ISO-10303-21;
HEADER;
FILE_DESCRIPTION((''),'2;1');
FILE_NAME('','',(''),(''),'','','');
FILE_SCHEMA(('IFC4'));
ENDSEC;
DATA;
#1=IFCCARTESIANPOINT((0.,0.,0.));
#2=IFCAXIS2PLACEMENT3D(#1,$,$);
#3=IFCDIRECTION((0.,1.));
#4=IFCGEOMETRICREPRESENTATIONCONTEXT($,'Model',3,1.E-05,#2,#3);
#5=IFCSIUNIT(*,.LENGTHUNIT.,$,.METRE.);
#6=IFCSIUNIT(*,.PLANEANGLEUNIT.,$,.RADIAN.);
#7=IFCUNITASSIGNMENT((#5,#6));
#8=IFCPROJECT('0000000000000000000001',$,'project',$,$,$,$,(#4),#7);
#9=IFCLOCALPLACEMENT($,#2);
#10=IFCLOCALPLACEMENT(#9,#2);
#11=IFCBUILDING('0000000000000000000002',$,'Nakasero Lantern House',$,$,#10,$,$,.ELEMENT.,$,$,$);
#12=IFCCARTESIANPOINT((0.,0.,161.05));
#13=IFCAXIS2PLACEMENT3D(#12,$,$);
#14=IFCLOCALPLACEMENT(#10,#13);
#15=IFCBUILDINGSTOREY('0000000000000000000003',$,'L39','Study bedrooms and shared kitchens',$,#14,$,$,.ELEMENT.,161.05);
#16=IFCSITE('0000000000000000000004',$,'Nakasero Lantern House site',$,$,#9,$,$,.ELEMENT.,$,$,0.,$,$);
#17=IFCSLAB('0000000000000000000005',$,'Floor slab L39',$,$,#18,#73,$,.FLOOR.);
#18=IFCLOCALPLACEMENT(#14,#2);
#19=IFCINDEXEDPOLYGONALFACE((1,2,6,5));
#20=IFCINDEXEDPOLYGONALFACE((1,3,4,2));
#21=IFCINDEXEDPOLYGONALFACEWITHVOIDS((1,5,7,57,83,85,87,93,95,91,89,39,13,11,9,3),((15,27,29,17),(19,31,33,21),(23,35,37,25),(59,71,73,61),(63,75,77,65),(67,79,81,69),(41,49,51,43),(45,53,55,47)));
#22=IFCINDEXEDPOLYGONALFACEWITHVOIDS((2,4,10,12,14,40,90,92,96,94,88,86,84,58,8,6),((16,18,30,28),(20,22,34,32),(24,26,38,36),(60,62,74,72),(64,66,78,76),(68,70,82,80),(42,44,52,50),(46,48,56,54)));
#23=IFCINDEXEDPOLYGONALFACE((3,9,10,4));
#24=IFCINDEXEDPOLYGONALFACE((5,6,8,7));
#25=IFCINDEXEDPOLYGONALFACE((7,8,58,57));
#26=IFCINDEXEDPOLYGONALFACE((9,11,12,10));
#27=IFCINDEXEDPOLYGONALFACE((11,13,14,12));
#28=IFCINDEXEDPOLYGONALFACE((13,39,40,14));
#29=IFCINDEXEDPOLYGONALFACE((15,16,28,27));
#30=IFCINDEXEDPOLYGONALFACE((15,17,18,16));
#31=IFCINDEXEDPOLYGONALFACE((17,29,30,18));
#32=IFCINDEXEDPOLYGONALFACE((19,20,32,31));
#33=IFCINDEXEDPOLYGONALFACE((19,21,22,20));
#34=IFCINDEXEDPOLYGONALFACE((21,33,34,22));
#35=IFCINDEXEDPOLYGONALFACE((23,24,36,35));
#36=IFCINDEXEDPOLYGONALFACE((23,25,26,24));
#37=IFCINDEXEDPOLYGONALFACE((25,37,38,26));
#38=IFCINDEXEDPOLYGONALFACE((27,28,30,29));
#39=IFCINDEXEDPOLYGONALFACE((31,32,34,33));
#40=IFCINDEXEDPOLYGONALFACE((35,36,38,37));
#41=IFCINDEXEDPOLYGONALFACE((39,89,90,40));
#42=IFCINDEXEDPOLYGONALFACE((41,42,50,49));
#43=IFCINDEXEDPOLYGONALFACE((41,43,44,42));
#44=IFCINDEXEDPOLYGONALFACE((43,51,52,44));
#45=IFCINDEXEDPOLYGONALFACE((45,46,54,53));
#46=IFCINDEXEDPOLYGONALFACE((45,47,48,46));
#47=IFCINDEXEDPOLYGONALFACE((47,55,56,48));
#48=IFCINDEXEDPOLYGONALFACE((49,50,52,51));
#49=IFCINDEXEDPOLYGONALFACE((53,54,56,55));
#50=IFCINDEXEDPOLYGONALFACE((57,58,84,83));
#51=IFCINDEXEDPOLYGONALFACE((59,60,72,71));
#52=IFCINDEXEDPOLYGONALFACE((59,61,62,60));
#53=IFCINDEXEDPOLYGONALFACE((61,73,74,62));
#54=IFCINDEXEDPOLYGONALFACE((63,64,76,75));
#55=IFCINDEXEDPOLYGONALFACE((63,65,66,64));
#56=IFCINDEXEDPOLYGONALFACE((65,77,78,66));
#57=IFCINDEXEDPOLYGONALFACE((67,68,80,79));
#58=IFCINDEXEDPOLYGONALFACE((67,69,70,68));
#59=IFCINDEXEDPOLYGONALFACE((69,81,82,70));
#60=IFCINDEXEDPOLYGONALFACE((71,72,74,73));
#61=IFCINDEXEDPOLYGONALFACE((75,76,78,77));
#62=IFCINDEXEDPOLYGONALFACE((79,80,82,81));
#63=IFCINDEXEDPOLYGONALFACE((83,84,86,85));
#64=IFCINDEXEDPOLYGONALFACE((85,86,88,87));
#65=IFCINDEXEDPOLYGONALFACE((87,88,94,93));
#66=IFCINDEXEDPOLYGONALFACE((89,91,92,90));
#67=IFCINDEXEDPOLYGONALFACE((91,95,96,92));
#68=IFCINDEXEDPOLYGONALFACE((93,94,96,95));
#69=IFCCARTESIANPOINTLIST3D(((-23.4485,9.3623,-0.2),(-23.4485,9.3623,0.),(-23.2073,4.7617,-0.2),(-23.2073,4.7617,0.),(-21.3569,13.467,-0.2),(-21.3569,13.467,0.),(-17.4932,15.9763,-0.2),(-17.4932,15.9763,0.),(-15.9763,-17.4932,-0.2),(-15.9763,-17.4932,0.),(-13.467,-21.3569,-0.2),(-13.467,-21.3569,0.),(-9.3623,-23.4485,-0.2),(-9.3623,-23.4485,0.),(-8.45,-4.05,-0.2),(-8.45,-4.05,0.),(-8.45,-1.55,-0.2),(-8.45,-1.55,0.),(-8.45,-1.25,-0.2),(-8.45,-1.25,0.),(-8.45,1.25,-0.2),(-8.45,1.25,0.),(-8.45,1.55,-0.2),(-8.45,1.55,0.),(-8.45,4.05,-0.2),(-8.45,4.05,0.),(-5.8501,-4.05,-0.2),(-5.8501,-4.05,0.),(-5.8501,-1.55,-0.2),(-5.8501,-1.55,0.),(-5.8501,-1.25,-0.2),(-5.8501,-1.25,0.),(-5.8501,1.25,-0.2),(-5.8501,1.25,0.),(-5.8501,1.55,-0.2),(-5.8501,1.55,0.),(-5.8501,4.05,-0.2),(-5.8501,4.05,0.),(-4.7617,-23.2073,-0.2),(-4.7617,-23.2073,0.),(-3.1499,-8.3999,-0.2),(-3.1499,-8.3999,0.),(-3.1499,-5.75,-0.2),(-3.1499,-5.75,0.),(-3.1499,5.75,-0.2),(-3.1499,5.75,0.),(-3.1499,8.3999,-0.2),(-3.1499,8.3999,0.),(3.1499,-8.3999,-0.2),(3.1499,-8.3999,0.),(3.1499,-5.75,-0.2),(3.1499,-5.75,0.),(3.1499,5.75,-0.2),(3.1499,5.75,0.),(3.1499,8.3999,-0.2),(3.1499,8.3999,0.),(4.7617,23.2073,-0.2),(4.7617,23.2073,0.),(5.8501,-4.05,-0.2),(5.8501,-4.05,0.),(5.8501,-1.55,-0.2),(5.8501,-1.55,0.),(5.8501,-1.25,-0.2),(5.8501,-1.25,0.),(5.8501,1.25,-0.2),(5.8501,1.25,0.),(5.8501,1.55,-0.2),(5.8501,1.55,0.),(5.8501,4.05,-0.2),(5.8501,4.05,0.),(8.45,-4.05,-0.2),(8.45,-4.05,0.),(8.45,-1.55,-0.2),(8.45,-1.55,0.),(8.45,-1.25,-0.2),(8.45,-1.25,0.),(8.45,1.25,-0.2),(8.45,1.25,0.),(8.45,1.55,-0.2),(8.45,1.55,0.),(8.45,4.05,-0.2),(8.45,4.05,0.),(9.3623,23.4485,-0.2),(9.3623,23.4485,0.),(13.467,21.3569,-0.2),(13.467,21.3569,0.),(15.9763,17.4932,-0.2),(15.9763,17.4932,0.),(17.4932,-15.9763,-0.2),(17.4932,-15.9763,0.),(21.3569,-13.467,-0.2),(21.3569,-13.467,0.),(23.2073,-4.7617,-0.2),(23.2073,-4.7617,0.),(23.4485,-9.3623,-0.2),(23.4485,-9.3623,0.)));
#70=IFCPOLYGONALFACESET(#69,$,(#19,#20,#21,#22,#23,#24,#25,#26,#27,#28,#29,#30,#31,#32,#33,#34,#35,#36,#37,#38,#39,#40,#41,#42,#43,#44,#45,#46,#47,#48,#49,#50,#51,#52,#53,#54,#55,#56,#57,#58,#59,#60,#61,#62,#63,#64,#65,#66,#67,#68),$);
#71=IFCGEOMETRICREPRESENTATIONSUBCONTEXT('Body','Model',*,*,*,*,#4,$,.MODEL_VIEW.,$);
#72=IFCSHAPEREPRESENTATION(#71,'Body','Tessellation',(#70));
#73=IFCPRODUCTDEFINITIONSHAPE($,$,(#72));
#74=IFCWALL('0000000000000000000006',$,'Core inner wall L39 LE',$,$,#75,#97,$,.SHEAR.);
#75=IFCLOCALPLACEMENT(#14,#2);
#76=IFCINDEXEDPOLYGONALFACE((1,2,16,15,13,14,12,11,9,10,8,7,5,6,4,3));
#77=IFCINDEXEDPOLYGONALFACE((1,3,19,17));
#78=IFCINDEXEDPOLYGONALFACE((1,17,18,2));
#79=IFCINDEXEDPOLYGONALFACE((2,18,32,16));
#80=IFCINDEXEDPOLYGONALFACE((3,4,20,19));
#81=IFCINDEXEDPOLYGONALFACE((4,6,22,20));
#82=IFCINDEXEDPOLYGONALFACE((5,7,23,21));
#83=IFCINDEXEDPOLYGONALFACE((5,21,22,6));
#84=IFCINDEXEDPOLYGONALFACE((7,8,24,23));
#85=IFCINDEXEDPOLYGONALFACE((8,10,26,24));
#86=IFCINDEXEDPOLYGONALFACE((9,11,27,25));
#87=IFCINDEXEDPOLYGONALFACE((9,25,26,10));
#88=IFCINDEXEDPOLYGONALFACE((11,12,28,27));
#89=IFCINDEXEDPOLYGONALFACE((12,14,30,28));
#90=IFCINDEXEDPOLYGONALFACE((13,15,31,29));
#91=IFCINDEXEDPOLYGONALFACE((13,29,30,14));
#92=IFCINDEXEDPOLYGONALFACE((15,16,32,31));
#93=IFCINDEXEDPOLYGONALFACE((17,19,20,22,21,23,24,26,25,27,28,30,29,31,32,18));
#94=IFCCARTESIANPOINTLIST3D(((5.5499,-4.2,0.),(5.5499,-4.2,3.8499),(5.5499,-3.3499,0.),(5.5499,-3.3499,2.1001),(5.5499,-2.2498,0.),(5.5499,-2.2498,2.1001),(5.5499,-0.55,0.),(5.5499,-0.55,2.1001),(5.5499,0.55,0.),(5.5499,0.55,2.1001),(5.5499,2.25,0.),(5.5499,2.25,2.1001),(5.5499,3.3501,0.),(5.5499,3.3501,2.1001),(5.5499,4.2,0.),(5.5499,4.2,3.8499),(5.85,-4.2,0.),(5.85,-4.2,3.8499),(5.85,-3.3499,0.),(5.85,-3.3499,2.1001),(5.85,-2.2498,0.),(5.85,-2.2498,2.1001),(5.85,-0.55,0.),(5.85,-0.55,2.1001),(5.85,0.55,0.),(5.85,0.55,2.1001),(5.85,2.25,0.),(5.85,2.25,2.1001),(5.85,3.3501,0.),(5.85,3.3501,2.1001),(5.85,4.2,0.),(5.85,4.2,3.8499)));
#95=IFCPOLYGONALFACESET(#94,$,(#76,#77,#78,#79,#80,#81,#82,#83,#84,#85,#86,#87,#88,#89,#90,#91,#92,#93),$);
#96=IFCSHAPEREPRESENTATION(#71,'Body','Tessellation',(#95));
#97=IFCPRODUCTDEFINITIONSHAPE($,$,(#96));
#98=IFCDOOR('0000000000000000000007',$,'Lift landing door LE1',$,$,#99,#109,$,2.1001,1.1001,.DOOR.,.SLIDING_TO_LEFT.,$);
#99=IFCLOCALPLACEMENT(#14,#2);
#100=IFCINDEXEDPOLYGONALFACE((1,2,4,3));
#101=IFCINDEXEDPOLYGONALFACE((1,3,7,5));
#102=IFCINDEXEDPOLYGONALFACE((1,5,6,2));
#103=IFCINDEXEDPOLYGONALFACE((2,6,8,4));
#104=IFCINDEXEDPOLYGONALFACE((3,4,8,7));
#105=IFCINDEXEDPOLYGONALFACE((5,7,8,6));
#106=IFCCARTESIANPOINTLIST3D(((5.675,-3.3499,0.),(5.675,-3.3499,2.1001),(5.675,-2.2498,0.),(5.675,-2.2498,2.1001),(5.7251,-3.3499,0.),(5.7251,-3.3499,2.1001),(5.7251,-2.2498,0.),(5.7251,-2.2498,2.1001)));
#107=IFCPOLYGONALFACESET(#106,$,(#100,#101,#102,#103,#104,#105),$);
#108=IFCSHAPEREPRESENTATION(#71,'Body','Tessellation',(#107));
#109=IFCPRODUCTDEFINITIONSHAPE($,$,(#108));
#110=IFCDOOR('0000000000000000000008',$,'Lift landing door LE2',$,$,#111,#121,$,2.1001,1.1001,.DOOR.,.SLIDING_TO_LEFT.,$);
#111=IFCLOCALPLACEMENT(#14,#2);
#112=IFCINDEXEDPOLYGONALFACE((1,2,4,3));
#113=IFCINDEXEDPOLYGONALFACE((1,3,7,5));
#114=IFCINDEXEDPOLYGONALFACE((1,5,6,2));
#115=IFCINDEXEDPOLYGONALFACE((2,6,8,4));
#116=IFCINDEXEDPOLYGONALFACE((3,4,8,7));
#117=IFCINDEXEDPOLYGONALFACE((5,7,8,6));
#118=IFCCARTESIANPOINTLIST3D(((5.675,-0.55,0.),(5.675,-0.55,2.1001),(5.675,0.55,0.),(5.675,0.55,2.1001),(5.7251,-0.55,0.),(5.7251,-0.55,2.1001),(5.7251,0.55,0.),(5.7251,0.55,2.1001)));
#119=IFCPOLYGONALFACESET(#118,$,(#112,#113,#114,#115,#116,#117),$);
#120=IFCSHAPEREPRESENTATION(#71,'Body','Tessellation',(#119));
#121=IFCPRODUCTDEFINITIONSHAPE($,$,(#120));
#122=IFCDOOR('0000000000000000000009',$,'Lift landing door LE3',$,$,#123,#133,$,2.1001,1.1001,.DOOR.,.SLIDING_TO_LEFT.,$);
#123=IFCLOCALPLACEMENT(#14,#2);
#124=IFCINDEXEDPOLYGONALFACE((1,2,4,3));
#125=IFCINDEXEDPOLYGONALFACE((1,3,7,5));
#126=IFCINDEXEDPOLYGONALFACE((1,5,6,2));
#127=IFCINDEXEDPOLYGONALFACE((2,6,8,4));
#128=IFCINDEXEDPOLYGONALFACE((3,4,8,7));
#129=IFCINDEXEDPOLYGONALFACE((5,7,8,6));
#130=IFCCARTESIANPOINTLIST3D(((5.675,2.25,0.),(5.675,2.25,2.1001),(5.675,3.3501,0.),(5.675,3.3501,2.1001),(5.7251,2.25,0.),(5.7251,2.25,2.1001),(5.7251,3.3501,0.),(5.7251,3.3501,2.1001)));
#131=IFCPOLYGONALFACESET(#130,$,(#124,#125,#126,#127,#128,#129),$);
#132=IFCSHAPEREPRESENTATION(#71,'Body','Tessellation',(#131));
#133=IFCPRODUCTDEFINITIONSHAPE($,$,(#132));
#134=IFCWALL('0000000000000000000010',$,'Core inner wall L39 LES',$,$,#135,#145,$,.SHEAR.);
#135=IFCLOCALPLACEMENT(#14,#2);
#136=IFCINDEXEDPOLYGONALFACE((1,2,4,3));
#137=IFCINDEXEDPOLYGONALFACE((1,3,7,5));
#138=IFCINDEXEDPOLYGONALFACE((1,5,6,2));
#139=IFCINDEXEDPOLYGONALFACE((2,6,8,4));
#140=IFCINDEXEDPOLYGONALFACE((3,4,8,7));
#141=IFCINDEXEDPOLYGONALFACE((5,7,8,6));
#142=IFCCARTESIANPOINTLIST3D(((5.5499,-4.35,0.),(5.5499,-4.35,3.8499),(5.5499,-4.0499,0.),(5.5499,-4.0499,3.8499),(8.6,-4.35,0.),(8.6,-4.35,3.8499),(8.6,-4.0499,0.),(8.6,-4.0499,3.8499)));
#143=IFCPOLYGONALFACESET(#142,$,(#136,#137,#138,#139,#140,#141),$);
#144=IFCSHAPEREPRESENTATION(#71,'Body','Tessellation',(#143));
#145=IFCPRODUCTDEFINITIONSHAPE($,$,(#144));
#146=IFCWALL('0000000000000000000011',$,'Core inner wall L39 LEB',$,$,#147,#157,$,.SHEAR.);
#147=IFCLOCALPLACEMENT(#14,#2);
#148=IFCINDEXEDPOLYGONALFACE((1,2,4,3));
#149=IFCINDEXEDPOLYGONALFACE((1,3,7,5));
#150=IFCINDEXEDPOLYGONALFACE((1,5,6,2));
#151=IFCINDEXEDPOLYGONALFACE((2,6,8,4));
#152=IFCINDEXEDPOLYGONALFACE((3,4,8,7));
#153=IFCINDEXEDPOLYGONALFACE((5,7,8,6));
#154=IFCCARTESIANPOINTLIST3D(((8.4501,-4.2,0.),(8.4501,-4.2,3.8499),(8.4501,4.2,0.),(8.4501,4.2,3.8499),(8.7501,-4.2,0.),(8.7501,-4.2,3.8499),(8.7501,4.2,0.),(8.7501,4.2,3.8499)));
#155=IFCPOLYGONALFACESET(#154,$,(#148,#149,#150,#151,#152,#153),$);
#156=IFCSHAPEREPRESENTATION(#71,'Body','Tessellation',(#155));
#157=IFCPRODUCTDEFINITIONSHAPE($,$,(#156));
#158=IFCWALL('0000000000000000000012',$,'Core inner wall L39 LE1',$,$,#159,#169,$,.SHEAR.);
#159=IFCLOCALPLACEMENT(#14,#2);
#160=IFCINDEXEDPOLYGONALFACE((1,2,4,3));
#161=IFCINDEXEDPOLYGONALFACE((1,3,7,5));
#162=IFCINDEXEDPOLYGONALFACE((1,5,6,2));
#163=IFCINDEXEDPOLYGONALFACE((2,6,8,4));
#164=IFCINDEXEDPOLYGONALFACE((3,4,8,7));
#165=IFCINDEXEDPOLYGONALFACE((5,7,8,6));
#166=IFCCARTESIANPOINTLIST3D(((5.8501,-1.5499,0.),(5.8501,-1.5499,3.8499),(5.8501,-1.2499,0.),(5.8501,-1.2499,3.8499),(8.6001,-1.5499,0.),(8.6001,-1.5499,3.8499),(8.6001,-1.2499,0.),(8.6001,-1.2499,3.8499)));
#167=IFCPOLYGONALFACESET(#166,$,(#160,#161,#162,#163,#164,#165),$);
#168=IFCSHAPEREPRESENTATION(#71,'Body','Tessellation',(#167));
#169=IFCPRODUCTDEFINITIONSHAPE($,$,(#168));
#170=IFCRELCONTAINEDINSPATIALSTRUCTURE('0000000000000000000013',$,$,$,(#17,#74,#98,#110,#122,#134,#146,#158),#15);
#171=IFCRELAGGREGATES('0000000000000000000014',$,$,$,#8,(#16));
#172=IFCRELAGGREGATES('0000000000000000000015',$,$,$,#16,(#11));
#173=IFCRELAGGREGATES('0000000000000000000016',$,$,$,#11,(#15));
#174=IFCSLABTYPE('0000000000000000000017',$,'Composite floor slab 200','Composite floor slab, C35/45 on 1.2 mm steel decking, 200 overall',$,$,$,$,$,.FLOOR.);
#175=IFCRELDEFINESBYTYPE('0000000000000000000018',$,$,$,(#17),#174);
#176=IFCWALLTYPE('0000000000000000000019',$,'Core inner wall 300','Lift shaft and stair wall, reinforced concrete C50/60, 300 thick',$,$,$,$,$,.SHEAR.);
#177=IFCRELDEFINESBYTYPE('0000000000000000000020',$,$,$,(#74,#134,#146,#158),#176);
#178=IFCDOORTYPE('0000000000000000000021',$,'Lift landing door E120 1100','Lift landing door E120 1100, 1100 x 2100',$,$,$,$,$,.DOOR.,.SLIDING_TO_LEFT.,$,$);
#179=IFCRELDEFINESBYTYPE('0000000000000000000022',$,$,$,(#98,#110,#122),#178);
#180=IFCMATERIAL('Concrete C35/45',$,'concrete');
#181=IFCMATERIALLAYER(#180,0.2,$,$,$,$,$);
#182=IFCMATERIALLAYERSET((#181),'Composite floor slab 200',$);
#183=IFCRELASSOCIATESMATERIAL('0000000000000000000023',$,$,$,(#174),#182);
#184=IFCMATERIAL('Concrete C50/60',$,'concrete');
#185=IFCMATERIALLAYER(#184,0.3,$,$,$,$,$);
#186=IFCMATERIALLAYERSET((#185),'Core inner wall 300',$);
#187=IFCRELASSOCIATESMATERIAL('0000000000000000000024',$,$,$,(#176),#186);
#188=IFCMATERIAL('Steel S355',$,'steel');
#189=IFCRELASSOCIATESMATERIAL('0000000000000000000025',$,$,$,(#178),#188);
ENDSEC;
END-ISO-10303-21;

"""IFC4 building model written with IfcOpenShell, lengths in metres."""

from ifc_helpers import new_model, si_unit, direction, frame, frame_2d, origin, place, context, subcontext, project, spatial, polyline, rectangle, outline, extrude, material, layer, layer_set, type_object, element, fill, save


model = new_model("IFC4")

# Units and contexts
model_context = context("Model", 3, precision=1e-05, world=origin(), true_north=direction((0.0, 1.0)))
body_context = subcontext(model_context, "Body", "Model", "MODEL_VIEW")
ifc_project = project(units=[si_unit("LENGTHUNIT", "METRE"), si_unit("PLANEANGLEUNIT", "RADIAN")], contexts=[model_context])

# Site, building, storey
site_placement = place(None, origin())
site = spatial("IfcSite", under=ifc_project, at=site_placement, Name="Nakasero Lantern House site", CompositionType="ELEMENT", RefElevation=0.0)
building_placement = place(site_placement, origin())
building = spatial("IfcBuilding", under=site, at=building_placement, Name="Nakasero Lantern House", CompositionType="ELEMENT")
storey_placement = place(building_placement, frame((0.0, 0.0, 161.05)))
storey = spatial("IfcBuildingStorey", under=building, at=storey_placement, Name="L39", Description="Study bedrooms and shared kitchens", CompositionType="ELEMENT", Elevation=161.05)

# Slab
ifc_material_1 = material(Name="Concrete C35/45", Category="concrete")
ifc_layer_1 = layer(ifc_material_1, 0.2)
ifc_layer_set_1 = layer_set([ifc_layer_1], Name="Composite floor slab 200")
slab_type_1 = type_object("IfcSlabType", Name="Composite floor slab 200", Description="Composite floor slab, C35/45 on 1.2 mm steel decking, 200 overall", PredefinedType="FLOOR", material=ifc_layer_set_1)
slab_1_placement = place(storey_placement, frame((0.0, 0.0, -0.2)))
element("IfcSlab", 1, at=slab_1_placement, inside=storey, type_object=slab_type_1, Name="Floor slab L39", PredefinedType="FLOOR", context=body_context, shape_type="SweptSolid", body=[
    extrude(outline(polyline([(15.9763, 17.4932), (13.467, 21.3569), (9.3623, 23.4485), (4.7617, 23.2073), (-17.4932, 15.9763), (-21.3569, 13.467), (-23.4485, 9.3623), (-23.2073, 4.7617), (-15.9763, -17.4932), (-13.467, -21.3569), (-9.3623, -23.4485), (-4.7617, -23.2073), (17.4932, -15.9763), (21.3569, -13.467), (23.4485, -9.3623), (23.2073, -4.7617), (15.9763, 17.4932)]), holes=[polyline([(-8.45, -4.05), (-5.8501, -4.05), (-5.8501, -1.55), (-8.45, -1.55), (-8.45, -4.05)]), polyline([(-8.45, -1.25), (-5.8501, -1.25), (-5.8501, 1.25), (-8.45, 1.25), (-8.45, -1.25)]), polyline([(-8.45, 1.55), (-5.8501, 1.55), (-5.8501, 4.05), (-8.45, 4.05), (-8.45, 1.55)]), polyline([(5.8501, -4.05), (8.45, -4.05), (8.45, -1.55), (5.8501, -1.55), (5.8501, -4.05)]), polyline([(5.8501, -1.25), (8.45, -1.25), (8.45, 1.25), (5.8501, 1.25), (5.8501, -1.25)]), polyline([(5.8501, 1.55), (8.45, 1.55), (8.45, 4.05), (5.8501, 4.05), (5.8501, 1.55)]), polyline([(-3.1499, 5.75), (3.1499, 5.75), (3.1499, 8.3999), (-3.1499, 8.3999), (-3.1499, 5.75)]), polyline([(-3.1499, -8.3999), (3.1499, -8.3999), (3.1499, -5.75), (-3.1499, -5.75), (-3.1499, -8.3999)])]), origin(), (0.0, 0.0, 1.0), 0.2),
])

# Wall, openings, doors
ifc_material_2 = material(Name="Concrete C50/60", Category="concrete")
ifc_layer_2 = layer(ifc_material_2, 0.3)
ifc_layer_set_2 = layer_set([ifc_layer_2], Name="Core inner wall 300")
wall_type_1 = type_object("IfcWallType", Name="Core inner wall 300", Description="Lift shaft and stair wall, reinforced concrete C50/60, 300 thick", PredefinedType="SHEAR", material=ifc_layer_set_2)
wall_1_placement = place(storey_placement, frame((5.7, -4.2, 0.0), z_axis=(0.0, 0.0, 1.0), x_axis=(0.0, 1.0, 0.0)))
wall_1 = element("IfcWall", 2, at=wall_1_placement, inside=storey, type_object=wall_type_1, Name="Core inner wall L39 LE", PredefinedType="SHEAR", context=body_context, shape_type="SweptSolid", body=[
    extrude(rectangle(XDim=8.3999, YDim=0.3, at=frame_2d((4.2, 0.0))), origin(), (0.0, 0.0, 1.0), 3.8499),
])
opening_1_placement = place(wall_1_placement, frame((0.8501, 0.0, 0.0)))
opening_1 = element("IfcOpeningElement", 3, at=opening_1_placement, cuts=wall_1, PredefinedType="OPENING", context=body_context, shape_type="SweptSolid", body=[
    extrude(rectangle(XDim=1.1001, YDim=2.1001, at=frame_2d((0.55, 1.05))), frame((0.0, 0.1699, 0.0), z_axis=(0.0, -1.0, 0.0), x_axis=(1.0, 0.0, 0.0)), (0.0, 0.0, 1.0), 0.3401),
])
opening_2_placement = place(wall_1_placement, frame((3.6499, 0.0, 0.0)))
opening_2 = element("IfcOpeningElement", 4, at=opening_2_placement, cuts=wall_1, PredefinedType="OPENING", context=body_context, shape_type="SweptSolid", body=[
    extrude(rectangle(XDim=1.1001, YDim=2.1001, at=frame_2d((0.55, 1.05))), frame((0.0, 0.1699, 0.0), z_axis=(0.0, -1.0, 0.0), x_axis=(1.0, 0.0, 0.0)), (0.0, 0.0, 1.0), 0.3401),
])
opening_3_placement = place(wall_1_placement, frame((6.45, 0.0, 0.0)))
opening_3 = element("IfcOpeningElement", 5, at=opening_3_placement, cuts=wall_1, PredefinedType="OPENING", context=body_context, shape_type="SweptSolid", body=[
    extrude(rectangle(XDim=1.1001, YDim=2.1001, at=frame_2d((0.55, 1.05))), frame((0.0, 0.1699, 0.0), z_axis=(0.0, -1.0, 0.0), x_axis=(1.0, 0.0, 0.0)), (0.0, 0.0, 1.0), 0.3401),
])
ifc_material_3 = material(Name="Steel S355", Category="steel")
door_type_1 = type_object("IfcDoorType", Name="Lift landing door E120 1100", Description="Lift landing door E120 1100, 1100 x 2100", OperationType="SLIDING_TO_LEFT", PredefinedType="DOOR", material=ifc_material_3)
door_1_placement = place(opening_1_placement, origin())
door_1 = element("IfcDoor", 6, at=door_1_placement, inside=storey, type_object=door_type_1, Name="Lift landing door LE1", OperationType="SLIDING_TO_LEFT", OverallHeight=2.1001, OverallWidth=1.1001, PredefinedType="DOOR", context=body_context, shape_type="SweptSolid", body=[
    extrude(rectangle(XDim=1.1001, YDim=2.1001, at=frame_2d((0.55, 1.05))), frame((0.0, 0.0249, 0.0), z_axis=(0.0, -1.0, 0.0), x_axis=(1.0, 0.0, 0.0)), (0.0, 0.0, 1.0), 0.05),
])
fill(opening_1, door_1)
door_2_placement = place(opening_2_placement, origin())
door_2 = element("IfcDoor", 7, at=door_2_placement, inside=storey, type_object=door_type_1, Name="Lift landing door LE2", OperationType="SLIDING_TO_LEFT", OverallHeight=2.1001, OverallWidth=1.1001, PredefinedType="DOOR", context=body_context, shape_type="SweptSolid", body=[
    extrude(rectangle(XDim=1.1001, YDim=2.1001, at=frame_2d((0.55, 1.05))), frame((0.0, 0.0249, 0.0), z_axis=(0.0, -1.0, 0.0), x_axis=(1.0, 0.0, 0.0)), (0.0, 0.0, 1.0), 0.05),
])
fill(opening_2, door_2)
door_3_placement = place(opening_3_placement, origin())
door_3 = element("IfcDoor", 8, at=door_3_placement, inside=storey, type_object=door_type_1, Name="Lift landing door LE3", OperationType="SLIDING_TO_LEFT", OverallHeight=2.1001, OverallWidth=1.1001, PredefinedType="DOOR", context=body_context, shape_type="SweptSolid", body=[
    extrude(rectangle(XDim=1.1001, YDim=2.1001, at=frame_2d((0.55, 1.05))), frame((0.0, 0.0249, 0.0), z_axis=(0.0, -1.0, 0.0), x_axis=(1.0, 0.0, 0.0)), (0.0, 0.0, 1.0), 0.05),
])
fill(opening_3, door_3)

# Walls
wall_2_placement = place(storey_placement, frame((5.55, -4.2, 0.0), z_axis=(0.0, 0.0, 1.0), x_axis=(1.0, 0.0, 0.0)))
element("IfcWall", 9, at=wall_2_placement, inside=storey, type_object=wall_type_1, Name="Core inner wall L39 LES", PredefinedType="SHEAR", context=body_context, shape_type="SweptSolid", body=[
    extrude(rectangle(XDim=3.05, YDim=0.3, at=frame_2d((1.5249, 0.0))), origin(), (0.0, 0.0, 1.0), 3.8499),
])
wall_3_placement = place(storey_placement, frame((8.6001, -4.2, 0.0), z_axis=(0.0, 0.0, 1.0), x_axis=(0.0, 1.0, 0.0)))
element("IfcWall", 10, at=wall_3_placement, inside=storey, type_object=wall_type_1, Name="Core inner wall L39 LEB", PredefinedType="SHEAR", context=body_context, shape_type="SweptSolid", body=[
    extrude(rectangle(XDim=8.3999, YDim=0.3, at=frame_2d((4.2, 0.0))), origin(), (0.0, 0.0, 1.0), 3.8499),
])
wall_4_placement = place(storey_placement, frame((5.8501, -1.3999, 0.0), z_axis=(0.0, 0.0, 1.0), x_axis=(1.0, 0.0, 0.0)))
element("IfcWall", 11, at=wall_4_placement, inside=storey, type_object=wall_type_1, Name="Core inner wall L39 LE1", PredefinedType="SHEAR", context=body_context, shape_type="SweptSolid", body=[
    extrude(rectangle(XDim=2.75, YDim=0.3, at=frame_2d((1.375, 0.0))), origin(), (0.0, 0.0, 1.0), 3.8499),
])

save(model, "model.ifc")
